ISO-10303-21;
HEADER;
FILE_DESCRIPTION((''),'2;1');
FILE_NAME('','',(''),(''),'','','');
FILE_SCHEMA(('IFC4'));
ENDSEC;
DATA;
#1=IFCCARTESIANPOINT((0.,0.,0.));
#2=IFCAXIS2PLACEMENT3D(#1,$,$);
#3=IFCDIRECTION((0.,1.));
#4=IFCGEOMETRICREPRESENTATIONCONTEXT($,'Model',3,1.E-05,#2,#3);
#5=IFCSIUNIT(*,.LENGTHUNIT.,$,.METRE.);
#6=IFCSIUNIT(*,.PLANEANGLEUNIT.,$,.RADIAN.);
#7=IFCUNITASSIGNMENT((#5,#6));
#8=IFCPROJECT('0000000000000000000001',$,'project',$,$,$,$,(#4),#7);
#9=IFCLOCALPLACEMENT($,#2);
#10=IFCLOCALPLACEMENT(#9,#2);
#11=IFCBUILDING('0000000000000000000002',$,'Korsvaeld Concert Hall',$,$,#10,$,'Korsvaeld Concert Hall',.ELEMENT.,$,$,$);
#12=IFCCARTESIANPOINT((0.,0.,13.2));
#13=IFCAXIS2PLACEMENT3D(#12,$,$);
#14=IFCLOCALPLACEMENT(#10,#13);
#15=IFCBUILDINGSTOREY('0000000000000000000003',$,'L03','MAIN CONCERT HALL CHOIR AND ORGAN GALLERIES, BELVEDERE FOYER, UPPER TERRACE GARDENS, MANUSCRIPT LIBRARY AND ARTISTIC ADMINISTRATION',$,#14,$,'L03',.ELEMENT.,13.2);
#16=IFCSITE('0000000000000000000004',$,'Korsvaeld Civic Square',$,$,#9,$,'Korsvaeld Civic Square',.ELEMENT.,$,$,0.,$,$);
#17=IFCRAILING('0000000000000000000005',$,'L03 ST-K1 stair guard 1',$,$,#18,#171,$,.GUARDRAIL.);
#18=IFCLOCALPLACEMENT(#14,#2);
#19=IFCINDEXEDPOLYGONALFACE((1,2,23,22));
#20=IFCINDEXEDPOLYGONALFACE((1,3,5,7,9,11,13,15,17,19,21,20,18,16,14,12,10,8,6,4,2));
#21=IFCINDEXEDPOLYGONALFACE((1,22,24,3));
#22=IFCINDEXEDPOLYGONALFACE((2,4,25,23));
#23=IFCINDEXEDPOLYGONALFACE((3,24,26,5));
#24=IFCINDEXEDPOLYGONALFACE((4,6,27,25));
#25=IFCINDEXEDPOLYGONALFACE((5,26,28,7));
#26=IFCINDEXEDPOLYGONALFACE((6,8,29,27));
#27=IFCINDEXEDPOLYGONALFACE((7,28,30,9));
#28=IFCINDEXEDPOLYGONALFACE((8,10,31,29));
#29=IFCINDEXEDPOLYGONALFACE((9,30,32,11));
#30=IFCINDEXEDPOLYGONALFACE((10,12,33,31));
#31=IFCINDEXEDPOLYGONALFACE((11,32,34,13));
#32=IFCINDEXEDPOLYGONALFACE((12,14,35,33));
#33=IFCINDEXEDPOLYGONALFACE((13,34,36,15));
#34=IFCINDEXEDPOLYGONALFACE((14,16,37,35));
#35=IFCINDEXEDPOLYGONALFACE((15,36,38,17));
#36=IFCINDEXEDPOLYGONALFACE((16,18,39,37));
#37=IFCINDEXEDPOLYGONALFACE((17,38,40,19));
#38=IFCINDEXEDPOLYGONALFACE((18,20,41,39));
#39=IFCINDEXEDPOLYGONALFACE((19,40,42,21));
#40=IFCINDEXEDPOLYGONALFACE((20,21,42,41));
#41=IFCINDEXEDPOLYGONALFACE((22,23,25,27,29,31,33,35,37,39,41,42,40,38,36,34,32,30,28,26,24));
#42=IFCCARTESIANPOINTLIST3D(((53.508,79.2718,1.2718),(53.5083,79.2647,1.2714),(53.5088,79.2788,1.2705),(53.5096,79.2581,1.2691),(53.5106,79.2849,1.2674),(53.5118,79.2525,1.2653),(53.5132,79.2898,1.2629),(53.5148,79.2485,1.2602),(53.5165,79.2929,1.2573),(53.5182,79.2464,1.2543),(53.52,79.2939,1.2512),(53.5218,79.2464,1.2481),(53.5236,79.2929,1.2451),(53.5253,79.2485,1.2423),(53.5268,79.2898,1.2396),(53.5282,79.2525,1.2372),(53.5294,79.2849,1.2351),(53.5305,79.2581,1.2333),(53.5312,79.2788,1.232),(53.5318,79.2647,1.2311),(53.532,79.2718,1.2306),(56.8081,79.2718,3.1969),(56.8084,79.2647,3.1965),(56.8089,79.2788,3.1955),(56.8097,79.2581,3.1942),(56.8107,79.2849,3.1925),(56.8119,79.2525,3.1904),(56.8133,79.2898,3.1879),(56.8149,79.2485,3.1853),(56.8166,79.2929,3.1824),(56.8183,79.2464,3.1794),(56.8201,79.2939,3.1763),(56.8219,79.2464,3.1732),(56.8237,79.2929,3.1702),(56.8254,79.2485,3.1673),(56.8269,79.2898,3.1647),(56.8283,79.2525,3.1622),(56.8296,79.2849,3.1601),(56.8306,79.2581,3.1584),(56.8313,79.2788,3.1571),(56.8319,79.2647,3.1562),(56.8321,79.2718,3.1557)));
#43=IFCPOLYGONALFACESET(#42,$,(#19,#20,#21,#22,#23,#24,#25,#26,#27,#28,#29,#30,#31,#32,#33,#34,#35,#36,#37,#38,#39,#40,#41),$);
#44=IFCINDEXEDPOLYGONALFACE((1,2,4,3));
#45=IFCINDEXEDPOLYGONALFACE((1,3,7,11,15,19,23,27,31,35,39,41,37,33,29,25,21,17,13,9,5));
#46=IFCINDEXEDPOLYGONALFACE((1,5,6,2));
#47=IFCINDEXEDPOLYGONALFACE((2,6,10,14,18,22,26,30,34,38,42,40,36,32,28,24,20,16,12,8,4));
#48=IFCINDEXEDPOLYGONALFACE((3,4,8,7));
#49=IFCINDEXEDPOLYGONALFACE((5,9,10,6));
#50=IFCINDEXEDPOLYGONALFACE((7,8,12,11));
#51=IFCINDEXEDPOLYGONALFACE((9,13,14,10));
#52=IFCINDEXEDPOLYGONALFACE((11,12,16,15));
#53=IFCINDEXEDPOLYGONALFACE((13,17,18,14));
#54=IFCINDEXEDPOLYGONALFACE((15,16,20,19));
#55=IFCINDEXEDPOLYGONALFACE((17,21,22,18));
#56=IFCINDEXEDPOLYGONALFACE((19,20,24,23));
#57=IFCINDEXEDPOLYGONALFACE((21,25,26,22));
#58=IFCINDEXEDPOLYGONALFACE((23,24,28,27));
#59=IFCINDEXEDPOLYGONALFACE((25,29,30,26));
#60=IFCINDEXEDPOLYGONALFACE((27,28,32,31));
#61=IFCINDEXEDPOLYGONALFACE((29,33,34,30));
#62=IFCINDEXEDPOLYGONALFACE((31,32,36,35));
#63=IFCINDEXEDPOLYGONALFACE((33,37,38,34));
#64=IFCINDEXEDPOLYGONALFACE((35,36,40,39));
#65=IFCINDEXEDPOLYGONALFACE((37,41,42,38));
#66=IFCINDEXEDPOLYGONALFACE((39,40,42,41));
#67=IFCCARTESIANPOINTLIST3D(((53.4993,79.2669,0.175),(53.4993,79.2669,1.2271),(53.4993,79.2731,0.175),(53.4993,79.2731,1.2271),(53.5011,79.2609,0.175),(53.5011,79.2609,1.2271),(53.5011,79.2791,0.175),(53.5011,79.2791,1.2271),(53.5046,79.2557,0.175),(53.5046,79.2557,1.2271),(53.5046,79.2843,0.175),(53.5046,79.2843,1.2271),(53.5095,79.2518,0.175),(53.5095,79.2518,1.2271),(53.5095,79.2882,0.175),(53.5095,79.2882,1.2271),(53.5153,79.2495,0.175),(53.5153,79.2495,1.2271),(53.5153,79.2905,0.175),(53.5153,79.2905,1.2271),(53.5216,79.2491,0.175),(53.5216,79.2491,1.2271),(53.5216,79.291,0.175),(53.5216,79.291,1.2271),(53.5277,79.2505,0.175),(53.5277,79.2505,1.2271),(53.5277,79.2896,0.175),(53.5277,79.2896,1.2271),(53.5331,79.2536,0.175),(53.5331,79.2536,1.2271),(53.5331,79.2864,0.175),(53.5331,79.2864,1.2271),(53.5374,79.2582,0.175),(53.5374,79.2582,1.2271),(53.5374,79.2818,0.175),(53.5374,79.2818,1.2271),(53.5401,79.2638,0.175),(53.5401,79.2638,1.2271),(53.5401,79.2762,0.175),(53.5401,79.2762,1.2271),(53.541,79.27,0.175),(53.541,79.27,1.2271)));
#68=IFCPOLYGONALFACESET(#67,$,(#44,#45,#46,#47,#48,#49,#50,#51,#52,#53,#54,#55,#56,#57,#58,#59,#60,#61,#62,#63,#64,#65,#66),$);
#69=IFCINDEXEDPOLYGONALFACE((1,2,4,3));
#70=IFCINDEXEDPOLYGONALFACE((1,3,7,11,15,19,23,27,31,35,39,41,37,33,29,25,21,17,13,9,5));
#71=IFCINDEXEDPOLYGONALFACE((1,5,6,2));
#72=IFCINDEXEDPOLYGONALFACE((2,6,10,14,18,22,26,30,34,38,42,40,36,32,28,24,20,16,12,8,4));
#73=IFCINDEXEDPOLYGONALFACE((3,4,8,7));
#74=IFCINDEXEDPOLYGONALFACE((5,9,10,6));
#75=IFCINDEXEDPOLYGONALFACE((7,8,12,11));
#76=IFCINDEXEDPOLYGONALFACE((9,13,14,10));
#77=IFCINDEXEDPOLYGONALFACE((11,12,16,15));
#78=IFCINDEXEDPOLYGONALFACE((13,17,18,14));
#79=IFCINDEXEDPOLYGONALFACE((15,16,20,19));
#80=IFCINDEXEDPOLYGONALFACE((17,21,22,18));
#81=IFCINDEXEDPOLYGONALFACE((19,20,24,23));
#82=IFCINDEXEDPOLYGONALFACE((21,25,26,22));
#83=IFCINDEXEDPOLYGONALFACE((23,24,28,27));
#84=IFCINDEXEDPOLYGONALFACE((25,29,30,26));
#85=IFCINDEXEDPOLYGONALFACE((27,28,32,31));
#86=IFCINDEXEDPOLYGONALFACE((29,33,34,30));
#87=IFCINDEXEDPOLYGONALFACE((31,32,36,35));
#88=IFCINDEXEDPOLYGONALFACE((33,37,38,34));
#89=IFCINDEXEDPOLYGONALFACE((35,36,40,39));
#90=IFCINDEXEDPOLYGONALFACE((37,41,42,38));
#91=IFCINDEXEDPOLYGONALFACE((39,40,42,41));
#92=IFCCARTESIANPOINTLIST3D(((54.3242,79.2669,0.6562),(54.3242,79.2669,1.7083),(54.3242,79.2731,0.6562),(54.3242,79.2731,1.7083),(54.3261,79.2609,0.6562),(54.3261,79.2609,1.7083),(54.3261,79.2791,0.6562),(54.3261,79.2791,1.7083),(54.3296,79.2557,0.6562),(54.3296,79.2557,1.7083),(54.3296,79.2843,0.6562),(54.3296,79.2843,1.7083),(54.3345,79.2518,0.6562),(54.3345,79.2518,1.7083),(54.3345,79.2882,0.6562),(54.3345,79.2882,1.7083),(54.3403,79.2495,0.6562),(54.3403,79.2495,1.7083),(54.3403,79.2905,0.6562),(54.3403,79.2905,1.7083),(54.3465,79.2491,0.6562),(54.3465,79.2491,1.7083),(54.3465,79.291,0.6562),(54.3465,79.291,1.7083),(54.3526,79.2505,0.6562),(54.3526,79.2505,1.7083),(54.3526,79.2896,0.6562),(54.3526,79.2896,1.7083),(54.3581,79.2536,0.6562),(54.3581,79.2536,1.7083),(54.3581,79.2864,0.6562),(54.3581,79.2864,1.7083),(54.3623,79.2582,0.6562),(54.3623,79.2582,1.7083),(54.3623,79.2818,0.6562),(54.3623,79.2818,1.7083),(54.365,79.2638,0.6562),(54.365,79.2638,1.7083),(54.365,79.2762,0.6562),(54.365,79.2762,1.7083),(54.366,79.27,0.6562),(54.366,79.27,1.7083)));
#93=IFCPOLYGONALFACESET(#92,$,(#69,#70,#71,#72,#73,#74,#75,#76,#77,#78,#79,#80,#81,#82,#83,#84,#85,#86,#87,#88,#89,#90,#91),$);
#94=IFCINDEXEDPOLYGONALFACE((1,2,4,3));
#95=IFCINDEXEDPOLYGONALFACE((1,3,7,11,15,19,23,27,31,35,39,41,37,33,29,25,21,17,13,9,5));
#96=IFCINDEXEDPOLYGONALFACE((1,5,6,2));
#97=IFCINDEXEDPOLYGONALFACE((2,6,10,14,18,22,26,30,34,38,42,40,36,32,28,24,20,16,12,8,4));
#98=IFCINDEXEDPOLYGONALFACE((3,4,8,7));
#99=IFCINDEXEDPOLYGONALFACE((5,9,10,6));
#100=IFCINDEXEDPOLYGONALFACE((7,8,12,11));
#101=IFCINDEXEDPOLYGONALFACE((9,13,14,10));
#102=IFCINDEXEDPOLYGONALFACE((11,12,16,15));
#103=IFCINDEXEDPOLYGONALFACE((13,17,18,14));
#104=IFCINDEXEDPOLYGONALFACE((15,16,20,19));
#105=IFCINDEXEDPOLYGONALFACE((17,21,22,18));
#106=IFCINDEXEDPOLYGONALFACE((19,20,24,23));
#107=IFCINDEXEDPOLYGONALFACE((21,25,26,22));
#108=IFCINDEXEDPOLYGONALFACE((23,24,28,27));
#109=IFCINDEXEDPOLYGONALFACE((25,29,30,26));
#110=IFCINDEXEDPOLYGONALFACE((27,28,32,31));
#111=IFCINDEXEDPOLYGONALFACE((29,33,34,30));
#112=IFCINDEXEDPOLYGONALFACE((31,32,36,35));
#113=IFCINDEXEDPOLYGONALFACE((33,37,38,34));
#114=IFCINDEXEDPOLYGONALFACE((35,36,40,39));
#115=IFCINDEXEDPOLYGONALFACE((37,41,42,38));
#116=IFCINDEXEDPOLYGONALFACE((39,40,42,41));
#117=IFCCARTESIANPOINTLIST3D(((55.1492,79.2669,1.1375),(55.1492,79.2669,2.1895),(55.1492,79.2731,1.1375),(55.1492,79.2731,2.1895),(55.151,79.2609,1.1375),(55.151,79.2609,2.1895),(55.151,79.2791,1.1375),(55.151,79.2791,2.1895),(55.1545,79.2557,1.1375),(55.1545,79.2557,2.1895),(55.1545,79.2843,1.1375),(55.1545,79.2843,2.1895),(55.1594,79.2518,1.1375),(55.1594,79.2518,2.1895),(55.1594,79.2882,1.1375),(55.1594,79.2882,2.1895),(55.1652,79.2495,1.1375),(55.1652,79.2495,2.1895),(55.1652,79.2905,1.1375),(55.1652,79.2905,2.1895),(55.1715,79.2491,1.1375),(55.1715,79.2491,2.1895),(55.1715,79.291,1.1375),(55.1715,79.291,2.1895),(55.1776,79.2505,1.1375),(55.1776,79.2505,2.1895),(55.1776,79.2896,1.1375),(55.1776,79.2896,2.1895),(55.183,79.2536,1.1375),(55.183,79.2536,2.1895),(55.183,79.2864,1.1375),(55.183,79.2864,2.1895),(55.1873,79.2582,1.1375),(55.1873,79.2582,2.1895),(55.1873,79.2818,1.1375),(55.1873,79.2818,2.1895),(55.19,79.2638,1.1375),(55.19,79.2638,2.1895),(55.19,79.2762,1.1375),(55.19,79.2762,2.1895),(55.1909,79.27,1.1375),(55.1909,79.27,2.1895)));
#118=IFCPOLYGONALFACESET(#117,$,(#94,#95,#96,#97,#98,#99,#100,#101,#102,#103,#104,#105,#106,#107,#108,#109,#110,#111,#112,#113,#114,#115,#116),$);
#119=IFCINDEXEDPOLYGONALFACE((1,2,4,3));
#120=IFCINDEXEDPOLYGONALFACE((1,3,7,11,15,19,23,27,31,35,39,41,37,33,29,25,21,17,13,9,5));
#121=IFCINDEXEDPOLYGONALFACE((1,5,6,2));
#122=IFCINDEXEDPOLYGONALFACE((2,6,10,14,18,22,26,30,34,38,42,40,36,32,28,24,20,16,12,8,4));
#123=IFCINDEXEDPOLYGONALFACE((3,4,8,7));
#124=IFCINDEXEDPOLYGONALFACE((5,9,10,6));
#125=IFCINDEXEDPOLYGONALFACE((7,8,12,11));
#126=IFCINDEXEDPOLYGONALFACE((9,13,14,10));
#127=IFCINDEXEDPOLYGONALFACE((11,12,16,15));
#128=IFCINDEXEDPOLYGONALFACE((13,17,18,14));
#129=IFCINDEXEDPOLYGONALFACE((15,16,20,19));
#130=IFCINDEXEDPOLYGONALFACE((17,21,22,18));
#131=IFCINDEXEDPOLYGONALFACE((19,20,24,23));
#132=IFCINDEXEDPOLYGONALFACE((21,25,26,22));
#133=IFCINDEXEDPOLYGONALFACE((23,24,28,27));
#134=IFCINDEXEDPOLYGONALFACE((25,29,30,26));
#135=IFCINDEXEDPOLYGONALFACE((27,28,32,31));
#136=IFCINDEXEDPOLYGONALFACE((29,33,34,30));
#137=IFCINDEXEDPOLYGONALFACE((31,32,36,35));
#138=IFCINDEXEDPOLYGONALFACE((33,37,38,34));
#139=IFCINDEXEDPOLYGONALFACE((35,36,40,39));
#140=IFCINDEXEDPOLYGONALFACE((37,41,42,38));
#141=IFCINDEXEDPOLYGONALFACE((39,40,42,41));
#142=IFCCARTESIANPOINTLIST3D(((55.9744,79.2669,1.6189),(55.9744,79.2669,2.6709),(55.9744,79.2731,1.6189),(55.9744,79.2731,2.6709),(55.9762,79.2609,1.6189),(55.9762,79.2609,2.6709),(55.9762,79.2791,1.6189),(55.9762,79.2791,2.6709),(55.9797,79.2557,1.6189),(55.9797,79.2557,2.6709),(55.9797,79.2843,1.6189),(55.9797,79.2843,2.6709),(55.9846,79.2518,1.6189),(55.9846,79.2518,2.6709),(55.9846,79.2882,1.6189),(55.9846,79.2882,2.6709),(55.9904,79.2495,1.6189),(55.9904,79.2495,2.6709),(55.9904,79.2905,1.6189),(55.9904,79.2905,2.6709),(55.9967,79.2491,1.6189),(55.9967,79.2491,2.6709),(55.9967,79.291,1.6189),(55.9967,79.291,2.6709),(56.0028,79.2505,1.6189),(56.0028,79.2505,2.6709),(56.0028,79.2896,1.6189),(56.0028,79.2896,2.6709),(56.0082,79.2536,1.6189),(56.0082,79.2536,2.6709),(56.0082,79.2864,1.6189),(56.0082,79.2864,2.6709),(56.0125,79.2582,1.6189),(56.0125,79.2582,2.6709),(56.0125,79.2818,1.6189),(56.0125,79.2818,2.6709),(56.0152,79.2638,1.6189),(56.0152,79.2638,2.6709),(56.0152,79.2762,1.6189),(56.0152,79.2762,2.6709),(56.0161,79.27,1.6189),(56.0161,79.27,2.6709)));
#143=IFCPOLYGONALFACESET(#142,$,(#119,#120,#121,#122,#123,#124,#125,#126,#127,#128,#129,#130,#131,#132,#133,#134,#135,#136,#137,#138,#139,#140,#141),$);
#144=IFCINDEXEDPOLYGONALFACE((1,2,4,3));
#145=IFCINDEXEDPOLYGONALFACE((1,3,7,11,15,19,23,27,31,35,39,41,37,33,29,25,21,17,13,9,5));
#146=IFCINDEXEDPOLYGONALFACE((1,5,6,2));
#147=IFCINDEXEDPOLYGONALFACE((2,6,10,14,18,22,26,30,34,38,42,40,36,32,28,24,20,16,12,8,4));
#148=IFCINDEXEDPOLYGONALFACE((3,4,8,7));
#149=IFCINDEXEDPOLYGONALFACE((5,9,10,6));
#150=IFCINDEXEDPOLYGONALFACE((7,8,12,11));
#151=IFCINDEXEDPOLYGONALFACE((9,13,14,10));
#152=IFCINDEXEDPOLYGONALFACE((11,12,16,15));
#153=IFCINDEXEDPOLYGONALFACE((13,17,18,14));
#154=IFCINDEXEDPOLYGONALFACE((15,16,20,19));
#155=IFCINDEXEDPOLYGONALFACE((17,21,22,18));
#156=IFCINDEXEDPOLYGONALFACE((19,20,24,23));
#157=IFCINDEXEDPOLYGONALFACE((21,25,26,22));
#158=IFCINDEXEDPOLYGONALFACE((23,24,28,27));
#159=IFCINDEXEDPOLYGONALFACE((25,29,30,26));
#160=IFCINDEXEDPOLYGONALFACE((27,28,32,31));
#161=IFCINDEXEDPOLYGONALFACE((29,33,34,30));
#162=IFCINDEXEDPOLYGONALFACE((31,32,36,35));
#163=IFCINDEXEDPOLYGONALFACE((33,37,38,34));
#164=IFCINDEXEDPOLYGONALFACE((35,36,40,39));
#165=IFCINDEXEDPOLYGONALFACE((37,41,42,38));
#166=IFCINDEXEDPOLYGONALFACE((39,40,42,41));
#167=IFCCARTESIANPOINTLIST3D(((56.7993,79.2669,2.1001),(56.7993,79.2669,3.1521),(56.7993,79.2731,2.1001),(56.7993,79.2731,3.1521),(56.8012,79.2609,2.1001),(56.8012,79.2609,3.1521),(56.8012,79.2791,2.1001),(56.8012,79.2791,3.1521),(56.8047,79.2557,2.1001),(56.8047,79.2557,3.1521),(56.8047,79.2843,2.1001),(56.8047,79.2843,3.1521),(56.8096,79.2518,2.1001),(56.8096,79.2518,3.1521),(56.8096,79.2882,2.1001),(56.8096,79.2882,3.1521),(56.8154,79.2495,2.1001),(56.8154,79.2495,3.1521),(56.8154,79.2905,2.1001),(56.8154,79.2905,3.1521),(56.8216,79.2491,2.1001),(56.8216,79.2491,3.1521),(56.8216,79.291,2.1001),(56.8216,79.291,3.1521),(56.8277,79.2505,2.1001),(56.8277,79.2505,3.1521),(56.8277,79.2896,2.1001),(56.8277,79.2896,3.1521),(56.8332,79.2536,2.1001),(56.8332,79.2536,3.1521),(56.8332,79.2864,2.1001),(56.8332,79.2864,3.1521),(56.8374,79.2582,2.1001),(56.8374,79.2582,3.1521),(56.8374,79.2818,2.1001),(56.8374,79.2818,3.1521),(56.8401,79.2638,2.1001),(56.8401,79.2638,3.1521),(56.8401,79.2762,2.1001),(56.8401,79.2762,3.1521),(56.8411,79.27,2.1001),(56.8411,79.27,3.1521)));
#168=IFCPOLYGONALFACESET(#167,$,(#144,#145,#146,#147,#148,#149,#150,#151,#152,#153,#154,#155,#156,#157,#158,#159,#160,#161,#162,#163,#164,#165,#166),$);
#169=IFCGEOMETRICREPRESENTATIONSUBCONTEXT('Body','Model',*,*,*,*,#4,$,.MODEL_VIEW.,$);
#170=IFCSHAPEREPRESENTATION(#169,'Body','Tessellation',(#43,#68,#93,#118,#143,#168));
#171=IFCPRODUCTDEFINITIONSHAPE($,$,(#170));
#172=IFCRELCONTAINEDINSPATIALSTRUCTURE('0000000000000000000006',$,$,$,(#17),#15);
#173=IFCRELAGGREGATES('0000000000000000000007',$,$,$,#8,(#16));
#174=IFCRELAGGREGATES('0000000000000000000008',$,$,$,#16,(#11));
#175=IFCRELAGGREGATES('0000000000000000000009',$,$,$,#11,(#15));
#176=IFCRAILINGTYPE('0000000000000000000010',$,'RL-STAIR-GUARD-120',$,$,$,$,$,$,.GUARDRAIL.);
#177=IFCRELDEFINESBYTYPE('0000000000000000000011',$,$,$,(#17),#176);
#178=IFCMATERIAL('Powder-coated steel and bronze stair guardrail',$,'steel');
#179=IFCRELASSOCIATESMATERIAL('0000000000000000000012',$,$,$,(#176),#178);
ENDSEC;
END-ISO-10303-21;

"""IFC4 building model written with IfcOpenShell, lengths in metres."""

from ifc_helpers import new_model, si_unit, direction, frame, origin, origin_2d, place, context, subcontext, project, spatial, circle, extrude, material, type_object, element, save


model = new_model("IFC4")

# Units and contexts
model_context = context("Model", 3, precision=1e-05, world=origin(), true_north=direction((0.0, 1.0)))
body_context = subcontext(model_context, "Body", "Model", "MODEL_VIEW")
ifc_project = project(units=[si_unit("LENGTHUNIT", "METRE"), si_unit("PLANEANGLEUNIT", "RADIAN")], contexts=[model_context])

# Site, building, storey
site_placement = place(None, origin())
site = spatial("IfcSite", under=ifc_project, at=site_placement, Name="Korsvaeld Civic Square", LongName="Korsvaeld Civic Square", CompositionType="ELEMENT", RefElevation=0.0)
building_placement = place(site_placement, origin())
building = spatial("IfcBuilding", under=site, at=building_placement, Name="Korsvaeld Concert Hall", LongName="Korsvaeld Concert Hall", CompositionType="ELEMENT")
storey_placement = place(building_placement, frame((0.0, 0.0, 13.2)))
storey = spatial("IfcBuildingStorey", under=building, at=storey_placement, Name="L03", Description="MAIN CONCERT HALL CHOIR AND ORGAN GALLERIES, BELVEDERE FOYER, UPPER TERRACE GARDENS, MANUSCRIPT LIBRARY AND ARTISTIC ADMINISTRATION", LongName="L03", CompositionType="ELEMENT", Elevation=13.2)

# Railing
ifc_material_1 = material(Name="Powder-coated steel and bronze stair guardrail", Category="steel")
railing_type_1 = type_object("IfcRailingType", Name="RL-STAIR-GUARD-120", PredefinedType="GUARDRAIL", material=ifc_material_1)
railing_1_placement = place(storey_placement, frame((53.52, 79.27, 0.175)))
element("IfcRailing", 1, at=railing_1_placement, inside=storey, type_object=railing_type_1, Name="L03 ST-K1 stair guard 1", PredefinedType="GUARDRAIL", context=body_context, shape_type="SweptSolid", body=[
    extrude(circle(Radius=0.0239, at=origin_2d()), frame((0.0, 0.0, 1.0762), z_axis=(0.863777, 0.0, 0.503875), x_axis=(0.0, 1.0, 0.0)), (0.0, 0.0, 1.0), 3.8206),
    extrude(circle(Radius=0.021, at=origin_2d()), origin(), (0.0, 0.0, 1.0), 1.052),
    extrude(circle(Radius=0.021, at=origin_2d()), frame((0.825, 0.0, 0.4812)), (0.0, 0.0, 1.0), 1.052),
    extrude(circle(Radius=0.021, at=origin_2d()), frame((1.6499, 0.0, 0.9624)), (0.0, 0.0, 1.0), 1.052),
    extrude(circle(Radius=0.021, at=origin_2d()), frame((2.4751, 0.0, 1.4438)), (0.0, 0.0, 1.0), 1.052),
    extrude(circle(Radius=0.021, at=origin_2d()), frame((3.3, 0.0, 1.925)), (0.0, 0.0, 1.0), 1.052),
])

save(model, "model.ifc")
